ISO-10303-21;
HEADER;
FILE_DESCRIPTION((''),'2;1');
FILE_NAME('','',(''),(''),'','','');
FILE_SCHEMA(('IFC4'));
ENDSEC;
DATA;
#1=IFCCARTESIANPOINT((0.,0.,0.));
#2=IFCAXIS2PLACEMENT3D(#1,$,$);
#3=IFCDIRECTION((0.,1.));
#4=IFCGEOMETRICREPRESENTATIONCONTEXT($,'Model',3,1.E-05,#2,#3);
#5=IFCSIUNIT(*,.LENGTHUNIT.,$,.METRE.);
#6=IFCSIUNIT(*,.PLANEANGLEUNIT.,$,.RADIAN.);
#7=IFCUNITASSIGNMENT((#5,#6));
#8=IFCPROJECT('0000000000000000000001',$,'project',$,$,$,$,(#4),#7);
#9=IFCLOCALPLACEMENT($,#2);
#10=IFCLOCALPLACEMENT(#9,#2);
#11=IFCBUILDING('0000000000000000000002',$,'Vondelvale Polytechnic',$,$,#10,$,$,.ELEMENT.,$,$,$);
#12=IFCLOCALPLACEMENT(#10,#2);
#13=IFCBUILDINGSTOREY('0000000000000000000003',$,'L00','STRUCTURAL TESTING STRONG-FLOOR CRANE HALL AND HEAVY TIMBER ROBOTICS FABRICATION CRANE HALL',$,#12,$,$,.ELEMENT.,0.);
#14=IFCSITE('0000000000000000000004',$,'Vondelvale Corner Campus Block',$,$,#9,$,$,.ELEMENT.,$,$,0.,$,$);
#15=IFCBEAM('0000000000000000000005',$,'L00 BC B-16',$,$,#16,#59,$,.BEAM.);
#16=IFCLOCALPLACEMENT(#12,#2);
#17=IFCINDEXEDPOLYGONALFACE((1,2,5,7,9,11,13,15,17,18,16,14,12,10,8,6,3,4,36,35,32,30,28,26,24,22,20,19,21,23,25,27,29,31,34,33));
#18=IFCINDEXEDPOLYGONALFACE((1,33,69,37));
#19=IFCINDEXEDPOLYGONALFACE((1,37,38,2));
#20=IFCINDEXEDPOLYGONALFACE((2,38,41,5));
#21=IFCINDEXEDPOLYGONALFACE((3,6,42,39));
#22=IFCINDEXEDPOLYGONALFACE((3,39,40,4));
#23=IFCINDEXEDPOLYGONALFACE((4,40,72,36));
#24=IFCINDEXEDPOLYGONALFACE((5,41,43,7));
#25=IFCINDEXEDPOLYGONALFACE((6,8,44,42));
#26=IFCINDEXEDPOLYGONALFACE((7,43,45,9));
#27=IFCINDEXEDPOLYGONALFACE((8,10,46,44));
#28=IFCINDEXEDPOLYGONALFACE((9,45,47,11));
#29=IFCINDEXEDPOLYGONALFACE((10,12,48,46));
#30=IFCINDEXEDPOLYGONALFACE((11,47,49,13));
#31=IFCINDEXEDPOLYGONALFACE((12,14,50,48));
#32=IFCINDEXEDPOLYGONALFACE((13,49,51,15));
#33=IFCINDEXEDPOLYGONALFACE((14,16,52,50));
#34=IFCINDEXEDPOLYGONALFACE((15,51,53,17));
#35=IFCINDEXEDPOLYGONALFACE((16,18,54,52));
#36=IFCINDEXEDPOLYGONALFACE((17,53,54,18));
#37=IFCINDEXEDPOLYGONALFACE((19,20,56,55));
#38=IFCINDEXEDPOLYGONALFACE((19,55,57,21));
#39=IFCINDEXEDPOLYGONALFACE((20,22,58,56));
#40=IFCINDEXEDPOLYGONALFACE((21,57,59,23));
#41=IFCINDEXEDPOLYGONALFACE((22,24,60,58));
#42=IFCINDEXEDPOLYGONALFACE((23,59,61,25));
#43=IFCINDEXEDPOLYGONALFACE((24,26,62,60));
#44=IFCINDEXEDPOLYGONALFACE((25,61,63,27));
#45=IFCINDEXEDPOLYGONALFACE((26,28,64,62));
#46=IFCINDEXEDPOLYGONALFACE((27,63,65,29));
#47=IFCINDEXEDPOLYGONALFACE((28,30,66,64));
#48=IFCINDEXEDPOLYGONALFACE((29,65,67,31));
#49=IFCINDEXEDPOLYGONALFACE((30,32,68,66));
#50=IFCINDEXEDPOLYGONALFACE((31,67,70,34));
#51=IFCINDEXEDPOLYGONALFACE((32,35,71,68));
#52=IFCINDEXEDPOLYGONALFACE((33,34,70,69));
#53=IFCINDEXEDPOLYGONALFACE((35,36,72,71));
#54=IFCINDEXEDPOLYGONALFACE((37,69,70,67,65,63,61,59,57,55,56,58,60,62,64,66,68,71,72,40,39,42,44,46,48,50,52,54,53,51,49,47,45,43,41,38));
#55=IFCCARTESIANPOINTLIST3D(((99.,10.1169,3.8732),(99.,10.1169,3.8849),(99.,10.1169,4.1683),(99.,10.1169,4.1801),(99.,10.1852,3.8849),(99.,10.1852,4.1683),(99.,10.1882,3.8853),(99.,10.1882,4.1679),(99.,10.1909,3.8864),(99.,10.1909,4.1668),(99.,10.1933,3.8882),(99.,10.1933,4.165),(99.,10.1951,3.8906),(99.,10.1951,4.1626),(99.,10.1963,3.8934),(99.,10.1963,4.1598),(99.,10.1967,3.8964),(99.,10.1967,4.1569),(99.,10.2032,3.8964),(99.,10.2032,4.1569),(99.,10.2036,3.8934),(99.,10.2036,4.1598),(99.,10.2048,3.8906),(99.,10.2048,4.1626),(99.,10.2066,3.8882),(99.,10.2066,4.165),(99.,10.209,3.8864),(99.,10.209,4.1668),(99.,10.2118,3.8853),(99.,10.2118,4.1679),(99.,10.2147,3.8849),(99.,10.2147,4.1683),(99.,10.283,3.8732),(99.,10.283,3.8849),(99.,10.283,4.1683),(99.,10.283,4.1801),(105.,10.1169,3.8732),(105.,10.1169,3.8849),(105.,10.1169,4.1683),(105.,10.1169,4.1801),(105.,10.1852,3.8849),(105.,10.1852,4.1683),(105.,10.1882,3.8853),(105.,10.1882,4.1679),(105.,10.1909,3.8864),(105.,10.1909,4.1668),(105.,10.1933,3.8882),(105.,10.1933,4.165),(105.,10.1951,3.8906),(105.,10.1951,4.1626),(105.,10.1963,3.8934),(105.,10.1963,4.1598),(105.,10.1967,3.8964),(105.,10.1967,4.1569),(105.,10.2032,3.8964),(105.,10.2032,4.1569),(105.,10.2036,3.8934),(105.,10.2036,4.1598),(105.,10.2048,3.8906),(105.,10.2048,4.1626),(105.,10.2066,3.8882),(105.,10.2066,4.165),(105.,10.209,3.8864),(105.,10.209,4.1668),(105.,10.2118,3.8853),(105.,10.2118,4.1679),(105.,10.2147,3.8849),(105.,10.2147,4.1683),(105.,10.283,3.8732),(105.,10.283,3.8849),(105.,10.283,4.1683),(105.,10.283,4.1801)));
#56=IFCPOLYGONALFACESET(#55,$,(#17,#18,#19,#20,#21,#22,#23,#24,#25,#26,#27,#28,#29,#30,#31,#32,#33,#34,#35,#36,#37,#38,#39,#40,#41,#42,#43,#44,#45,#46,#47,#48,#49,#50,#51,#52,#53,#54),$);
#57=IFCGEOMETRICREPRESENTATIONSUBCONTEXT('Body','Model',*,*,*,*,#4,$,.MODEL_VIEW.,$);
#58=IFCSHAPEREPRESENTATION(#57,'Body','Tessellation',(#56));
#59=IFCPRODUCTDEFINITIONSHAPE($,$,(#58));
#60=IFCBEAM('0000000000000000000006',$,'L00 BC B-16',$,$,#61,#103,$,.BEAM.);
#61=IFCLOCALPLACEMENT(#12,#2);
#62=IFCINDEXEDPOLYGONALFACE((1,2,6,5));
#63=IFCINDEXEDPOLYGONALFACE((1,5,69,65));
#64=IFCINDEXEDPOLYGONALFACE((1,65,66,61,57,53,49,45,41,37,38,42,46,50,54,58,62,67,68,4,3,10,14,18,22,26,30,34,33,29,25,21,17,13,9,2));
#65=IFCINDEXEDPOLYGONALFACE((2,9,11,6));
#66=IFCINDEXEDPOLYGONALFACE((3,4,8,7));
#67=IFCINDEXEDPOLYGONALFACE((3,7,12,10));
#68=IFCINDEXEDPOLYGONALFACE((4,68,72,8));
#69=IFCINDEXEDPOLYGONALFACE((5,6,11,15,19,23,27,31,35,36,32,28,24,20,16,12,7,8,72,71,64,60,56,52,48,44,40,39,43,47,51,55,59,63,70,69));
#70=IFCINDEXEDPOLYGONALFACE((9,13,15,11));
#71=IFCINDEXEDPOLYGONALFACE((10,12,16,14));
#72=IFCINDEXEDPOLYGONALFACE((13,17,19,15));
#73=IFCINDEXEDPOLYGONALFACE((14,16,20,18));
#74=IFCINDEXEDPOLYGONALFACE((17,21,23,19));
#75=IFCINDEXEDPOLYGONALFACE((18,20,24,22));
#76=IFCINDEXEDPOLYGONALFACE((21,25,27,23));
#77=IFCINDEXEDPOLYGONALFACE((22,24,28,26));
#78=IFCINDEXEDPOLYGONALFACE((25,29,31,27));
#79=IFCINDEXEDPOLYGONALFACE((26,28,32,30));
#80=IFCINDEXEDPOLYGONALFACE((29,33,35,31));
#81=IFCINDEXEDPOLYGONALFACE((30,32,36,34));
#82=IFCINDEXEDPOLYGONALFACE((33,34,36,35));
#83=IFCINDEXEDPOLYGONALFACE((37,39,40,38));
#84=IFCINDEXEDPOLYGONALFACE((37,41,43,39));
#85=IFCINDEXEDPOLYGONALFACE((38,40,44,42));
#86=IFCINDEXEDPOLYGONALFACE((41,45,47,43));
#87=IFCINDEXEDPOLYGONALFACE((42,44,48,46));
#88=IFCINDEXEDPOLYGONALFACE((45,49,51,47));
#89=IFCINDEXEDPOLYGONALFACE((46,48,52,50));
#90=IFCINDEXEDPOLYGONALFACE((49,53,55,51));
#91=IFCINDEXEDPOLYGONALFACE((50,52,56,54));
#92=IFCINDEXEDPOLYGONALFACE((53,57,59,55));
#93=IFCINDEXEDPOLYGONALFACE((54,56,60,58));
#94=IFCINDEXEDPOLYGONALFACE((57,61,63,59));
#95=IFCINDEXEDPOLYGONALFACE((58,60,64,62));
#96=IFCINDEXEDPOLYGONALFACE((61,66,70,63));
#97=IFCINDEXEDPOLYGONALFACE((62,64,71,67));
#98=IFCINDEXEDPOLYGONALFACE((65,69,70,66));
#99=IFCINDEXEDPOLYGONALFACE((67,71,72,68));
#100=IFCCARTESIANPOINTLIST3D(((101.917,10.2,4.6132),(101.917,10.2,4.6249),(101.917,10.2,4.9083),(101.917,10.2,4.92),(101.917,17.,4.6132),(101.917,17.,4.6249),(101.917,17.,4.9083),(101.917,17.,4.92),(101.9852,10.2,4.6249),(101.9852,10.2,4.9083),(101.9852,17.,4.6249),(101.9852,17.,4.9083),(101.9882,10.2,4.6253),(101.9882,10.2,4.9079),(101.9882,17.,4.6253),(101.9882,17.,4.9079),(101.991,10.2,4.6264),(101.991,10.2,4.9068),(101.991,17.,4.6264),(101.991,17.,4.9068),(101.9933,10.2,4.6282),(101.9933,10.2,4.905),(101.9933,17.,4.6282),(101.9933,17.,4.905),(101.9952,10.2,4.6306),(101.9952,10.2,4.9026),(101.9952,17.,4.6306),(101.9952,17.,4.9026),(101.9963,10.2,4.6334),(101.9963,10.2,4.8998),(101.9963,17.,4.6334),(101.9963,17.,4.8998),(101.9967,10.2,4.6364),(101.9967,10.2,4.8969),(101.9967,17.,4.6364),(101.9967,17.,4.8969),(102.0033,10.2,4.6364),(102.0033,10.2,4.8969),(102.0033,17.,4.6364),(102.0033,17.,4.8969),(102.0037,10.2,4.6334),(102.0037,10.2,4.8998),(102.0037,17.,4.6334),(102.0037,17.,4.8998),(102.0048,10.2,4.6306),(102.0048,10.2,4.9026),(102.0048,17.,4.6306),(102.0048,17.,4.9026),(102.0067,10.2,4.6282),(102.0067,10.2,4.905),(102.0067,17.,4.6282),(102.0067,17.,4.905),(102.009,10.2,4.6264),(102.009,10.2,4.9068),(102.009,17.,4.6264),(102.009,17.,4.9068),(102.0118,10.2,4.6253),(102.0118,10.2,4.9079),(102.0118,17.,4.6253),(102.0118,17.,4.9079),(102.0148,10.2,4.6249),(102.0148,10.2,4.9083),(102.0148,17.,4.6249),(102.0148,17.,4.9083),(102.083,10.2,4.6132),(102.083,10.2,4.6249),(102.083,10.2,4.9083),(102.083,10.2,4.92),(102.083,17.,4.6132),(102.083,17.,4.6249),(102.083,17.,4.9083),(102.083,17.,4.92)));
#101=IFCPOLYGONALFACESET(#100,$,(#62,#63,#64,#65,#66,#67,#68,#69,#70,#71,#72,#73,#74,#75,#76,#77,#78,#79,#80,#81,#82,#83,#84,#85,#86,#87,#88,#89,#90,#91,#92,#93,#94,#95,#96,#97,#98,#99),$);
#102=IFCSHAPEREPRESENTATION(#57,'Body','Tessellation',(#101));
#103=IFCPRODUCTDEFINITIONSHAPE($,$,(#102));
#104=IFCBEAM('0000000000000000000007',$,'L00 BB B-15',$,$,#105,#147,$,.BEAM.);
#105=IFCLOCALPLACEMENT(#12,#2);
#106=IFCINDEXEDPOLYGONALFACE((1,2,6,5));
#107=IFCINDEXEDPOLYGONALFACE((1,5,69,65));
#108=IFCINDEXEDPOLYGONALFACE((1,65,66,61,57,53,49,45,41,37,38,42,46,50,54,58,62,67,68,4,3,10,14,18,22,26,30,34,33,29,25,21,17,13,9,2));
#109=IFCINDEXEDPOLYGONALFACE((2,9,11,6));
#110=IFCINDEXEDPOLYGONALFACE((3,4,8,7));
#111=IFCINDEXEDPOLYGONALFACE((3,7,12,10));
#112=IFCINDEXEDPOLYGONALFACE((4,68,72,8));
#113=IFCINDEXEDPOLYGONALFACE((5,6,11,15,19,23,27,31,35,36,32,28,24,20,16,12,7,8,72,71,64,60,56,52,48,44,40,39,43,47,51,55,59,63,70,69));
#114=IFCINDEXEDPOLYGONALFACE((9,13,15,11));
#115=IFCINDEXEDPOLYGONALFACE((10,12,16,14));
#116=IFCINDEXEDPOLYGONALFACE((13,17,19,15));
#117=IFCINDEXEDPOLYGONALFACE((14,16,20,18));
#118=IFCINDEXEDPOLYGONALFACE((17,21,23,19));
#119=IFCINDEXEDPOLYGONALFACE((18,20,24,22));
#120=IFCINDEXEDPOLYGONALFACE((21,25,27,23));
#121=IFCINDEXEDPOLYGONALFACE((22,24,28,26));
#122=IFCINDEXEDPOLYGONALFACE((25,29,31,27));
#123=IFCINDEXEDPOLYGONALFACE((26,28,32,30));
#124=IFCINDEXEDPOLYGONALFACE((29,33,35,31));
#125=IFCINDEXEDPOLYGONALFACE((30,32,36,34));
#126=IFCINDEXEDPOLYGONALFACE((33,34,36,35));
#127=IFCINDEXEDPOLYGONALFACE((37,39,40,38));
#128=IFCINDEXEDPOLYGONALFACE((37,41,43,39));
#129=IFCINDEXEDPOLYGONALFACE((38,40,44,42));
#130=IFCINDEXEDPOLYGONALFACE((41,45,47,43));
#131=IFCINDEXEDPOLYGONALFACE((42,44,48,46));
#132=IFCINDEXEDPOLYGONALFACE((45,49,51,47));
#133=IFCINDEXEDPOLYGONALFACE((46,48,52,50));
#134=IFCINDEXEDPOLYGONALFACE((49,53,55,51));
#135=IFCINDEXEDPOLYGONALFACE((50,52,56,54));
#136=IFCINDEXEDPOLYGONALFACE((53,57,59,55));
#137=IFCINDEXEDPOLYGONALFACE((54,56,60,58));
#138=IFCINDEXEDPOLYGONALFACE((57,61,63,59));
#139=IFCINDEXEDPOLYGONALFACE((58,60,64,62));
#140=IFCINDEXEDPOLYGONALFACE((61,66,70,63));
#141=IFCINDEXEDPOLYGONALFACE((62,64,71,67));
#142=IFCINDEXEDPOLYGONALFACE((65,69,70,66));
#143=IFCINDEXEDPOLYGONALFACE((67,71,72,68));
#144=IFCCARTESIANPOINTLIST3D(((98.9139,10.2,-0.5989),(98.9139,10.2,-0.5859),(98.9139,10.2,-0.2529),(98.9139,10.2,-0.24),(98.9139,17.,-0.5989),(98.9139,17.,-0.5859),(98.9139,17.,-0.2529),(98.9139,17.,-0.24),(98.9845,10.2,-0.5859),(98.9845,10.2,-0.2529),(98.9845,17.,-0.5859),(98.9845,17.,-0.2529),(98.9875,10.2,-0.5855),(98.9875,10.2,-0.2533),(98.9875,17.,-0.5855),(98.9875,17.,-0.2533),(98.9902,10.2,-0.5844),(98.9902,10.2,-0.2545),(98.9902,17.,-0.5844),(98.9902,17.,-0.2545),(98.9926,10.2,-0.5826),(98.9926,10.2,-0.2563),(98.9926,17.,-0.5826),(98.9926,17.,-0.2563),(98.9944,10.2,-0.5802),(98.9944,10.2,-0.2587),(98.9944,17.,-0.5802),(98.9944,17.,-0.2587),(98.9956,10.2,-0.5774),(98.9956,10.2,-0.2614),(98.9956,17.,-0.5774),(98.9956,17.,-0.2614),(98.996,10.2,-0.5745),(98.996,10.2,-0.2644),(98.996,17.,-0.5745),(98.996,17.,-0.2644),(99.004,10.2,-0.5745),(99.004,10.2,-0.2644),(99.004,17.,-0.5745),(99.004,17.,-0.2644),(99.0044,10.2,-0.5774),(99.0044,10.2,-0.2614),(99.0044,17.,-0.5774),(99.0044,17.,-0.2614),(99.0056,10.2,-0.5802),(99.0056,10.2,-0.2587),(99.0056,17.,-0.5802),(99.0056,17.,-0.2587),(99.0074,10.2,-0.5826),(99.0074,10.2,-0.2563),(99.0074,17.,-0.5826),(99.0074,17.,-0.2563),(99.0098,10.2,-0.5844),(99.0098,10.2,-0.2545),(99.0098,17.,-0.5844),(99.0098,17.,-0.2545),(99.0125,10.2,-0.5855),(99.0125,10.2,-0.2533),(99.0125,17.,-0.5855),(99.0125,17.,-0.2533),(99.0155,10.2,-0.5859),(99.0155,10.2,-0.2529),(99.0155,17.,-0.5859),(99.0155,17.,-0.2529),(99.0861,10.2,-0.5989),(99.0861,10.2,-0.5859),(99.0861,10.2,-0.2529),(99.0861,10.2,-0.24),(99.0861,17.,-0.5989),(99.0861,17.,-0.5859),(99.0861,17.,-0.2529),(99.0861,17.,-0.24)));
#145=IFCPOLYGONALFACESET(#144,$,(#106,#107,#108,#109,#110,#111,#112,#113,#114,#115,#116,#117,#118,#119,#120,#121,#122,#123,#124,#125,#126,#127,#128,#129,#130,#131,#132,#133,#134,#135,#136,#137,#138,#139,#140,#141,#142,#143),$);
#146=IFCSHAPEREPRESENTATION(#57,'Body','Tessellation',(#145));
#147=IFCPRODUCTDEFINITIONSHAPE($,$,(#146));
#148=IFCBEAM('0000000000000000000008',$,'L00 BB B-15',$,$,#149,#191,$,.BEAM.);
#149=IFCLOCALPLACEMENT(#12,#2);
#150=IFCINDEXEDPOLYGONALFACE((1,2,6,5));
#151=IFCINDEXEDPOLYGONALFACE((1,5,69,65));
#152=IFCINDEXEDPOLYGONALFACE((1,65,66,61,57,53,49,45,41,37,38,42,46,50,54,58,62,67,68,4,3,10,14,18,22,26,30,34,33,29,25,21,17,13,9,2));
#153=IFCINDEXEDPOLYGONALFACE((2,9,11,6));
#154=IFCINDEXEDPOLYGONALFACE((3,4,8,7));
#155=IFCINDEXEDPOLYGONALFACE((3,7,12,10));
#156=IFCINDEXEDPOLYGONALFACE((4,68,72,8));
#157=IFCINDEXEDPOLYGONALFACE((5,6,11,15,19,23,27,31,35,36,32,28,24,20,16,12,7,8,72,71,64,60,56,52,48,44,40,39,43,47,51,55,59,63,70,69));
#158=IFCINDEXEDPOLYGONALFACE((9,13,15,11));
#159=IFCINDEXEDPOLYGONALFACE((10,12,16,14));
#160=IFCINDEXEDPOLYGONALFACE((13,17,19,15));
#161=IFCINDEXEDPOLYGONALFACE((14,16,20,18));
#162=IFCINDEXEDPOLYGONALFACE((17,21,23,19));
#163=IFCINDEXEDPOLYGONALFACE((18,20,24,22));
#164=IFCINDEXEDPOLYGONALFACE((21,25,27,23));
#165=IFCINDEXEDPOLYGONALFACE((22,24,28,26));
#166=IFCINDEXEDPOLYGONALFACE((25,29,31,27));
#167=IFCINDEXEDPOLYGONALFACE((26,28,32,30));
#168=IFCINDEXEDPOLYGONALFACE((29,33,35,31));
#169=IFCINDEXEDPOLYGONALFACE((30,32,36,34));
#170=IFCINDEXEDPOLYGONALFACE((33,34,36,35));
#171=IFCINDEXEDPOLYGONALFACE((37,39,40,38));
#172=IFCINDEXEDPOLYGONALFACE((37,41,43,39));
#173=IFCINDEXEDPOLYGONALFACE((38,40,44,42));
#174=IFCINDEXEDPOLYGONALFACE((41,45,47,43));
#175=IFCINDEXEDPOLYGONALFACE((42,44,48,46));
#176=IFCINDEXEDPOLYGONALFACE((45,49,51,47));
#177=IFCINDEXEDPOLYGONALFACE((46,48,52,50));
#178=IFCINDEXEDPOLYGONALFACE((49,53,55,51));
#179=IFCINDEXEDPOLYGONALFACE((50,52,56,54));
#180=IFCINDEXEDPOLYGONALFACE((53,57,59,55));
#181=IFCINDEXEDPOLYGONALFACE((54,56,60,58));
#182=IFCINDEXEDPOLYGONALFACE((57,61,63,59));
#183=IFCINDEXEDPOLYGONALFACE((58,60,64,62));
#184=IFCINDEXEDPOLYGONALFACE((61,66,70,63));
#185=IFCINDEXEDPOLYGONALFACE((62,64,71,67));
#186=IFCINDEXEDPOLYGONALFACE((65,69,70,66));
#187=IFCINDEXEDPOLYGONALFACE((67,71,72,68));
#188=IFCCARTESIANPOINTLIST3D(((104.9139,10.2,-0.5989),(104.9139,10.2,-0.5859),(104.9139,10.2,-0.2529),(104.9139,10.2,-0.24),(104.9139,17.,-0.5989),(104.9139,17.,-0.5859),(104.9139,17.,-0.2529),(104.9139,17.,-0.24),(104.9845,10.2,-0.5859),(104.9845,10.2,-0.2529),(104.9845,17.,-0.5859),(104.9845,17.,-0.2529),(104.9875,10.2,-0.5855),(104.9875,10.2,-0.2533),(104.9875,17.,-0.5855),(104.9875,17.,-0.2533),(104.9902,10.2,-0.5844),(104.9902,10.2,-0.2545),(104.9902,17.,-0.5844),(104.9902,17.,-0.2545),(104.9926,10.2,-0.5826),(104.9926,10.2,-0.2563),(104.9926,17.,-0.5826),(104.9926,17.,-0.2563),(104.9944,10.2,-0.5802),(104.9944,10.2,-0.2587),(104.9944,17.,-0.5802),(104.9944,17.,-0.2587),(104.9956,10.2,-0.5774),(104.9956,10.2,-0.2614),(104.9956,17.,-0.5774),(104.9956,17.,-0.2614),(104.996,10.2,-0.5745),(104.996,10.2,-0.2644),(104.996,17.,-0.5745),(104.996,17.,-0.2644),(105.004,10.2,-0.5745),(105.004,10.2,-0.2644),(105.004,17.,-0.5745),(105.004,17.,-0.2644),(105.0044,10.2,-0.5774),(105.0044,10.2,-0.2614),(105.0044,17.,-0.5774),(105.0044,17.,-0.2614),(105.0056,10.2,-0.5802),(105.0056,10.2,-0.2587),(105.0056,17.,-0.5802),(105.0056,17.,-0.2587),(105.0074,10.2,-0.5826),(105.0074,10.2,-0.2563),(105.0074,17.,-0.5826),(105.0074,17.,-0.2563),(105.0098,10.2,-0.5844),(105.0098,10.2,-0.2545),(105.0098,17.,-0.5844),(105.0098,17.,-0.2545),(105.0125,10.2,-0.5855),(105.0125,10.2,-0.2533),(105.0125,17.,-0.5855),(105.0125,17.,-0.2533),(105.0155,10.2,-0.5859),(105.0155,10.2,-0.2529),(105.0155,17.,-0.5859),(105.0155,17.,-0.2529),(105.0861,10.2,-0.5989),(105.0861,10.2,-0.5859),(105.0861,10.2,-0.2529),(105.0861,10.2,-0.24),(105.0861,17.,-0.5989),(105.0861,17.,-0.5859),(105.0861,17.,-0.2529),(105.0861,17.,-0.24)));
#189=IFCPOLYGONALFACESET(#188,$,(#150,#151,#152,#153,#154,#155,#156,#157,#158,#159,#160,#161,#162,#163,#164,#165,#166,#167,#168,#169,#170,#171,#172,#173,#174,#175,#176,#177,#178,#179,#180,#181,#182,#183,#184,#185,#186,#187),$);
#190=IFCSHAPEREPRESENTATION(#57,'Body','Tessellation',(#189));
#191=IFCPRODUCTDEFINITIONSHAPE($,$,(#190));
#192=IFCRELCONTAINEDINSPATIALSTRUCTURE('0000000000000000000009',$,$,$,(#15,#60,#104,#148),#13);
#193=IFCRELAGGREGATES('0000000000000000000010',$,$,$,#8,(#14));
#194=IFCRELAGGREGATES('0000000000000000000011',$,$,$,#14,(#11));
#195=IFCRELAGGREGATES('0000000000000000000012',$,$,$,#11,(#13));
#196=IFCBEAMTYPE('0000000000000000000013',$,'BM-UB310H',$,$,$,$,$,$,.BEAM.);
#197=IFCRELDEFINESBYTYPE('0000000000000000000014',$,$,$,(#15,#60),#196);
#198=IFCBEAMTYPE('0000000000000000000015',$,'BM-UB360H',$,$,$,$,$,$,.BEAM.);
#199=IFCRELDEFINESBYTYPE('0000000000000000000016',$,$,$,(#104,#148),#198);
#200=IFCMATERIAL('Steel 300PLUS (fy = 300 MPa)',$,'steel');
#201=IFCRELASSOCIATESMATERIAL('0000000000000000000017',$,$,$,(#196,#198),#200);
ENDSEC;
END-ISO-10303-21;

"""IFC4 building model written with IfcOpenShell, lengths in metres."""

from ifc_helpers import new_model, si_unit, direction, frame, origin, origin_2d, place, context, subcontext, project, spatial, i_section, extrude, material, material_profile, profile_set, type_object, element, save


model = new_model("IFC4")

# Units and contexts
model_context = context("Model", 3, precision=1e-05, world=origin(), true_north=direction((0.0, 1.0)))
body_context = subcontext(model_context, "Body", "Model", "MODEL_VIEW")
ifc_project = project(units=[si_unit("LENGTHUNIT", "METRE"), si_unit("PLANEANGLEUNIT", "RADIAN")], contexts=[model_context])

# Site, building, storey
site_placement = place(None, origin())
site = spatial("IfcSite", under=ifc_project, at=site_placement, Name="Vondelvale Corner Campus Block", CompositionType="ELEMENT", RefElevation=0.0)
building_placement = place(site_placement, origin())
building = spatial("IfcBuilding", under=site, at=building_placement, Name="Vondelvale Polytechnic", CompositionType="ELEMENT")
storey_placement = place(building_placement, origin())
storey = spatial("IfcBuildingStorey", under=building, at=storey_placement, Name="L00", Description="STRUCTURAL TESTING STRONG-FLOOR CRANE HALL AND HEAVY TIMBER ROBOTICS FABRICATION CRANE HALL", CompositionType="ELEMENT", Elevation=0.0)

# Shared definitions
ifc_material_1 = material(Name="Steel 300PLUS (fy = 300 MPa)", Category="steel")

# Beams
ifc_material_profile_1 = material_profile(ifc_material_1, i_section(OverallWidth=0.166, OverallDepth=0.3069, WebThickness=0.0066, FlangeThickness=0.0117, FilletRadius=0.0115, at=origin_2d()), Name="310UB46.2")
ifc_profile_set_1 = profile_set([ifc_material_profile_1], Name="Steel 300PLUS (fy = 300 MPa)")
beam_type_1 = type_object("IfcBeamType", Name="BM-UB310H", PredefinedType="BEAM", material=ifc_profile_set_1)
beam_1_placement = place(storey_placement, frame((99.0, 10.2, 4.0266), z_axis=(1.0, 0.0, 0.0), x_axis=(0.0, 1.0, 0.0)))
element("IfcBeam", 1, at=beam_1_placement, inside=storey, type_object=beam_type_1, Name="L00 BC B-16", PredefinedType="BEAM", context=body_context, shape_type="SweptSolid", body=[
    extrude(i_section(OverallWidth=0.166, OverallDepth=0.3069, WebThickness=0.0066, FlangeThickness=0.0117, FilletRadius=0.0115, at=origin_2d()), origin(), (0.0, 0.0, 1.0), 6.0),
])
beam_2_placement = place(storey_placement, frame((102.0, 10.2, 4.7666), z_axis=(0.0, 1.0, 0.0), x_axis=(-1.0, 0.0, 0.0)))
element("IfcBeam", 2, at=beam_2_placement, inside=storey, type_object=beam_type_1, Name="L00 BC B-16", PredefinedType="BEAM", context=body_context, shape_type="SweptSolid", body=[
    extrude(i_section(OverallWidth=0.166, OverallDepth=0.3069, WebThickness=0.0066, FlangeThickness=0.0117, FilletRadius=0.0115, at=origin_2d()), origin(), (0.0, 0.0, 1.0), 6.8),
])
ifc_material_profile_2 = material_profile(ifc_material_1, i_section(OverallWidth=0.1721, OverallDepth=0.3589, WebThickness=0.0081, FlangeThickness=0.0129, FilletRadius=0.0115, at=origin_2d()), Name="360UB56.7")
ifc_profile_set_2 = profile_set([ifc_material_profile_2], Name="Steel 300PLUS (fy = 300 MPa)")
beam_type_2 = type_object("IfcBeamType", Name="BM-UB360H", PredefinedType="BEAM", material=ifc_profile_set_2)
for number, where, z_axis, x_axis, name in (
    (3, (99.0, 10.2, -0.4194), (0.0, 1.0, 0.0), (-1.0, 0.0, 0.0), "L00 BB B-15"),
    (4, (105.0, 10.2, -0.4194), (0.0, 1.0, 0.0), (-1.0, 0.0, 0.0), "L00 BB B-15"),
):
    element("IfcBeam", number, at=place(storey_placement, frame(where, z_axis=z_axis, x_axis=x_axis)), inside=storey, type_object=beam_type_2, Name=name, PredefinedType="BEAM", context=body_context, shape_type="SweptSolid", body=[
        extrude(i_section(OverallWidth=0.1721, OverallDepth=0.3589, WebThickness=0.0081, FlangeThickness=0.0129, FilletRadius=0.0115, at=origin_2d()), origin(), (0.0, 0.0, 1.0), 6.8),
    ])

save(model, "model.ifc")
